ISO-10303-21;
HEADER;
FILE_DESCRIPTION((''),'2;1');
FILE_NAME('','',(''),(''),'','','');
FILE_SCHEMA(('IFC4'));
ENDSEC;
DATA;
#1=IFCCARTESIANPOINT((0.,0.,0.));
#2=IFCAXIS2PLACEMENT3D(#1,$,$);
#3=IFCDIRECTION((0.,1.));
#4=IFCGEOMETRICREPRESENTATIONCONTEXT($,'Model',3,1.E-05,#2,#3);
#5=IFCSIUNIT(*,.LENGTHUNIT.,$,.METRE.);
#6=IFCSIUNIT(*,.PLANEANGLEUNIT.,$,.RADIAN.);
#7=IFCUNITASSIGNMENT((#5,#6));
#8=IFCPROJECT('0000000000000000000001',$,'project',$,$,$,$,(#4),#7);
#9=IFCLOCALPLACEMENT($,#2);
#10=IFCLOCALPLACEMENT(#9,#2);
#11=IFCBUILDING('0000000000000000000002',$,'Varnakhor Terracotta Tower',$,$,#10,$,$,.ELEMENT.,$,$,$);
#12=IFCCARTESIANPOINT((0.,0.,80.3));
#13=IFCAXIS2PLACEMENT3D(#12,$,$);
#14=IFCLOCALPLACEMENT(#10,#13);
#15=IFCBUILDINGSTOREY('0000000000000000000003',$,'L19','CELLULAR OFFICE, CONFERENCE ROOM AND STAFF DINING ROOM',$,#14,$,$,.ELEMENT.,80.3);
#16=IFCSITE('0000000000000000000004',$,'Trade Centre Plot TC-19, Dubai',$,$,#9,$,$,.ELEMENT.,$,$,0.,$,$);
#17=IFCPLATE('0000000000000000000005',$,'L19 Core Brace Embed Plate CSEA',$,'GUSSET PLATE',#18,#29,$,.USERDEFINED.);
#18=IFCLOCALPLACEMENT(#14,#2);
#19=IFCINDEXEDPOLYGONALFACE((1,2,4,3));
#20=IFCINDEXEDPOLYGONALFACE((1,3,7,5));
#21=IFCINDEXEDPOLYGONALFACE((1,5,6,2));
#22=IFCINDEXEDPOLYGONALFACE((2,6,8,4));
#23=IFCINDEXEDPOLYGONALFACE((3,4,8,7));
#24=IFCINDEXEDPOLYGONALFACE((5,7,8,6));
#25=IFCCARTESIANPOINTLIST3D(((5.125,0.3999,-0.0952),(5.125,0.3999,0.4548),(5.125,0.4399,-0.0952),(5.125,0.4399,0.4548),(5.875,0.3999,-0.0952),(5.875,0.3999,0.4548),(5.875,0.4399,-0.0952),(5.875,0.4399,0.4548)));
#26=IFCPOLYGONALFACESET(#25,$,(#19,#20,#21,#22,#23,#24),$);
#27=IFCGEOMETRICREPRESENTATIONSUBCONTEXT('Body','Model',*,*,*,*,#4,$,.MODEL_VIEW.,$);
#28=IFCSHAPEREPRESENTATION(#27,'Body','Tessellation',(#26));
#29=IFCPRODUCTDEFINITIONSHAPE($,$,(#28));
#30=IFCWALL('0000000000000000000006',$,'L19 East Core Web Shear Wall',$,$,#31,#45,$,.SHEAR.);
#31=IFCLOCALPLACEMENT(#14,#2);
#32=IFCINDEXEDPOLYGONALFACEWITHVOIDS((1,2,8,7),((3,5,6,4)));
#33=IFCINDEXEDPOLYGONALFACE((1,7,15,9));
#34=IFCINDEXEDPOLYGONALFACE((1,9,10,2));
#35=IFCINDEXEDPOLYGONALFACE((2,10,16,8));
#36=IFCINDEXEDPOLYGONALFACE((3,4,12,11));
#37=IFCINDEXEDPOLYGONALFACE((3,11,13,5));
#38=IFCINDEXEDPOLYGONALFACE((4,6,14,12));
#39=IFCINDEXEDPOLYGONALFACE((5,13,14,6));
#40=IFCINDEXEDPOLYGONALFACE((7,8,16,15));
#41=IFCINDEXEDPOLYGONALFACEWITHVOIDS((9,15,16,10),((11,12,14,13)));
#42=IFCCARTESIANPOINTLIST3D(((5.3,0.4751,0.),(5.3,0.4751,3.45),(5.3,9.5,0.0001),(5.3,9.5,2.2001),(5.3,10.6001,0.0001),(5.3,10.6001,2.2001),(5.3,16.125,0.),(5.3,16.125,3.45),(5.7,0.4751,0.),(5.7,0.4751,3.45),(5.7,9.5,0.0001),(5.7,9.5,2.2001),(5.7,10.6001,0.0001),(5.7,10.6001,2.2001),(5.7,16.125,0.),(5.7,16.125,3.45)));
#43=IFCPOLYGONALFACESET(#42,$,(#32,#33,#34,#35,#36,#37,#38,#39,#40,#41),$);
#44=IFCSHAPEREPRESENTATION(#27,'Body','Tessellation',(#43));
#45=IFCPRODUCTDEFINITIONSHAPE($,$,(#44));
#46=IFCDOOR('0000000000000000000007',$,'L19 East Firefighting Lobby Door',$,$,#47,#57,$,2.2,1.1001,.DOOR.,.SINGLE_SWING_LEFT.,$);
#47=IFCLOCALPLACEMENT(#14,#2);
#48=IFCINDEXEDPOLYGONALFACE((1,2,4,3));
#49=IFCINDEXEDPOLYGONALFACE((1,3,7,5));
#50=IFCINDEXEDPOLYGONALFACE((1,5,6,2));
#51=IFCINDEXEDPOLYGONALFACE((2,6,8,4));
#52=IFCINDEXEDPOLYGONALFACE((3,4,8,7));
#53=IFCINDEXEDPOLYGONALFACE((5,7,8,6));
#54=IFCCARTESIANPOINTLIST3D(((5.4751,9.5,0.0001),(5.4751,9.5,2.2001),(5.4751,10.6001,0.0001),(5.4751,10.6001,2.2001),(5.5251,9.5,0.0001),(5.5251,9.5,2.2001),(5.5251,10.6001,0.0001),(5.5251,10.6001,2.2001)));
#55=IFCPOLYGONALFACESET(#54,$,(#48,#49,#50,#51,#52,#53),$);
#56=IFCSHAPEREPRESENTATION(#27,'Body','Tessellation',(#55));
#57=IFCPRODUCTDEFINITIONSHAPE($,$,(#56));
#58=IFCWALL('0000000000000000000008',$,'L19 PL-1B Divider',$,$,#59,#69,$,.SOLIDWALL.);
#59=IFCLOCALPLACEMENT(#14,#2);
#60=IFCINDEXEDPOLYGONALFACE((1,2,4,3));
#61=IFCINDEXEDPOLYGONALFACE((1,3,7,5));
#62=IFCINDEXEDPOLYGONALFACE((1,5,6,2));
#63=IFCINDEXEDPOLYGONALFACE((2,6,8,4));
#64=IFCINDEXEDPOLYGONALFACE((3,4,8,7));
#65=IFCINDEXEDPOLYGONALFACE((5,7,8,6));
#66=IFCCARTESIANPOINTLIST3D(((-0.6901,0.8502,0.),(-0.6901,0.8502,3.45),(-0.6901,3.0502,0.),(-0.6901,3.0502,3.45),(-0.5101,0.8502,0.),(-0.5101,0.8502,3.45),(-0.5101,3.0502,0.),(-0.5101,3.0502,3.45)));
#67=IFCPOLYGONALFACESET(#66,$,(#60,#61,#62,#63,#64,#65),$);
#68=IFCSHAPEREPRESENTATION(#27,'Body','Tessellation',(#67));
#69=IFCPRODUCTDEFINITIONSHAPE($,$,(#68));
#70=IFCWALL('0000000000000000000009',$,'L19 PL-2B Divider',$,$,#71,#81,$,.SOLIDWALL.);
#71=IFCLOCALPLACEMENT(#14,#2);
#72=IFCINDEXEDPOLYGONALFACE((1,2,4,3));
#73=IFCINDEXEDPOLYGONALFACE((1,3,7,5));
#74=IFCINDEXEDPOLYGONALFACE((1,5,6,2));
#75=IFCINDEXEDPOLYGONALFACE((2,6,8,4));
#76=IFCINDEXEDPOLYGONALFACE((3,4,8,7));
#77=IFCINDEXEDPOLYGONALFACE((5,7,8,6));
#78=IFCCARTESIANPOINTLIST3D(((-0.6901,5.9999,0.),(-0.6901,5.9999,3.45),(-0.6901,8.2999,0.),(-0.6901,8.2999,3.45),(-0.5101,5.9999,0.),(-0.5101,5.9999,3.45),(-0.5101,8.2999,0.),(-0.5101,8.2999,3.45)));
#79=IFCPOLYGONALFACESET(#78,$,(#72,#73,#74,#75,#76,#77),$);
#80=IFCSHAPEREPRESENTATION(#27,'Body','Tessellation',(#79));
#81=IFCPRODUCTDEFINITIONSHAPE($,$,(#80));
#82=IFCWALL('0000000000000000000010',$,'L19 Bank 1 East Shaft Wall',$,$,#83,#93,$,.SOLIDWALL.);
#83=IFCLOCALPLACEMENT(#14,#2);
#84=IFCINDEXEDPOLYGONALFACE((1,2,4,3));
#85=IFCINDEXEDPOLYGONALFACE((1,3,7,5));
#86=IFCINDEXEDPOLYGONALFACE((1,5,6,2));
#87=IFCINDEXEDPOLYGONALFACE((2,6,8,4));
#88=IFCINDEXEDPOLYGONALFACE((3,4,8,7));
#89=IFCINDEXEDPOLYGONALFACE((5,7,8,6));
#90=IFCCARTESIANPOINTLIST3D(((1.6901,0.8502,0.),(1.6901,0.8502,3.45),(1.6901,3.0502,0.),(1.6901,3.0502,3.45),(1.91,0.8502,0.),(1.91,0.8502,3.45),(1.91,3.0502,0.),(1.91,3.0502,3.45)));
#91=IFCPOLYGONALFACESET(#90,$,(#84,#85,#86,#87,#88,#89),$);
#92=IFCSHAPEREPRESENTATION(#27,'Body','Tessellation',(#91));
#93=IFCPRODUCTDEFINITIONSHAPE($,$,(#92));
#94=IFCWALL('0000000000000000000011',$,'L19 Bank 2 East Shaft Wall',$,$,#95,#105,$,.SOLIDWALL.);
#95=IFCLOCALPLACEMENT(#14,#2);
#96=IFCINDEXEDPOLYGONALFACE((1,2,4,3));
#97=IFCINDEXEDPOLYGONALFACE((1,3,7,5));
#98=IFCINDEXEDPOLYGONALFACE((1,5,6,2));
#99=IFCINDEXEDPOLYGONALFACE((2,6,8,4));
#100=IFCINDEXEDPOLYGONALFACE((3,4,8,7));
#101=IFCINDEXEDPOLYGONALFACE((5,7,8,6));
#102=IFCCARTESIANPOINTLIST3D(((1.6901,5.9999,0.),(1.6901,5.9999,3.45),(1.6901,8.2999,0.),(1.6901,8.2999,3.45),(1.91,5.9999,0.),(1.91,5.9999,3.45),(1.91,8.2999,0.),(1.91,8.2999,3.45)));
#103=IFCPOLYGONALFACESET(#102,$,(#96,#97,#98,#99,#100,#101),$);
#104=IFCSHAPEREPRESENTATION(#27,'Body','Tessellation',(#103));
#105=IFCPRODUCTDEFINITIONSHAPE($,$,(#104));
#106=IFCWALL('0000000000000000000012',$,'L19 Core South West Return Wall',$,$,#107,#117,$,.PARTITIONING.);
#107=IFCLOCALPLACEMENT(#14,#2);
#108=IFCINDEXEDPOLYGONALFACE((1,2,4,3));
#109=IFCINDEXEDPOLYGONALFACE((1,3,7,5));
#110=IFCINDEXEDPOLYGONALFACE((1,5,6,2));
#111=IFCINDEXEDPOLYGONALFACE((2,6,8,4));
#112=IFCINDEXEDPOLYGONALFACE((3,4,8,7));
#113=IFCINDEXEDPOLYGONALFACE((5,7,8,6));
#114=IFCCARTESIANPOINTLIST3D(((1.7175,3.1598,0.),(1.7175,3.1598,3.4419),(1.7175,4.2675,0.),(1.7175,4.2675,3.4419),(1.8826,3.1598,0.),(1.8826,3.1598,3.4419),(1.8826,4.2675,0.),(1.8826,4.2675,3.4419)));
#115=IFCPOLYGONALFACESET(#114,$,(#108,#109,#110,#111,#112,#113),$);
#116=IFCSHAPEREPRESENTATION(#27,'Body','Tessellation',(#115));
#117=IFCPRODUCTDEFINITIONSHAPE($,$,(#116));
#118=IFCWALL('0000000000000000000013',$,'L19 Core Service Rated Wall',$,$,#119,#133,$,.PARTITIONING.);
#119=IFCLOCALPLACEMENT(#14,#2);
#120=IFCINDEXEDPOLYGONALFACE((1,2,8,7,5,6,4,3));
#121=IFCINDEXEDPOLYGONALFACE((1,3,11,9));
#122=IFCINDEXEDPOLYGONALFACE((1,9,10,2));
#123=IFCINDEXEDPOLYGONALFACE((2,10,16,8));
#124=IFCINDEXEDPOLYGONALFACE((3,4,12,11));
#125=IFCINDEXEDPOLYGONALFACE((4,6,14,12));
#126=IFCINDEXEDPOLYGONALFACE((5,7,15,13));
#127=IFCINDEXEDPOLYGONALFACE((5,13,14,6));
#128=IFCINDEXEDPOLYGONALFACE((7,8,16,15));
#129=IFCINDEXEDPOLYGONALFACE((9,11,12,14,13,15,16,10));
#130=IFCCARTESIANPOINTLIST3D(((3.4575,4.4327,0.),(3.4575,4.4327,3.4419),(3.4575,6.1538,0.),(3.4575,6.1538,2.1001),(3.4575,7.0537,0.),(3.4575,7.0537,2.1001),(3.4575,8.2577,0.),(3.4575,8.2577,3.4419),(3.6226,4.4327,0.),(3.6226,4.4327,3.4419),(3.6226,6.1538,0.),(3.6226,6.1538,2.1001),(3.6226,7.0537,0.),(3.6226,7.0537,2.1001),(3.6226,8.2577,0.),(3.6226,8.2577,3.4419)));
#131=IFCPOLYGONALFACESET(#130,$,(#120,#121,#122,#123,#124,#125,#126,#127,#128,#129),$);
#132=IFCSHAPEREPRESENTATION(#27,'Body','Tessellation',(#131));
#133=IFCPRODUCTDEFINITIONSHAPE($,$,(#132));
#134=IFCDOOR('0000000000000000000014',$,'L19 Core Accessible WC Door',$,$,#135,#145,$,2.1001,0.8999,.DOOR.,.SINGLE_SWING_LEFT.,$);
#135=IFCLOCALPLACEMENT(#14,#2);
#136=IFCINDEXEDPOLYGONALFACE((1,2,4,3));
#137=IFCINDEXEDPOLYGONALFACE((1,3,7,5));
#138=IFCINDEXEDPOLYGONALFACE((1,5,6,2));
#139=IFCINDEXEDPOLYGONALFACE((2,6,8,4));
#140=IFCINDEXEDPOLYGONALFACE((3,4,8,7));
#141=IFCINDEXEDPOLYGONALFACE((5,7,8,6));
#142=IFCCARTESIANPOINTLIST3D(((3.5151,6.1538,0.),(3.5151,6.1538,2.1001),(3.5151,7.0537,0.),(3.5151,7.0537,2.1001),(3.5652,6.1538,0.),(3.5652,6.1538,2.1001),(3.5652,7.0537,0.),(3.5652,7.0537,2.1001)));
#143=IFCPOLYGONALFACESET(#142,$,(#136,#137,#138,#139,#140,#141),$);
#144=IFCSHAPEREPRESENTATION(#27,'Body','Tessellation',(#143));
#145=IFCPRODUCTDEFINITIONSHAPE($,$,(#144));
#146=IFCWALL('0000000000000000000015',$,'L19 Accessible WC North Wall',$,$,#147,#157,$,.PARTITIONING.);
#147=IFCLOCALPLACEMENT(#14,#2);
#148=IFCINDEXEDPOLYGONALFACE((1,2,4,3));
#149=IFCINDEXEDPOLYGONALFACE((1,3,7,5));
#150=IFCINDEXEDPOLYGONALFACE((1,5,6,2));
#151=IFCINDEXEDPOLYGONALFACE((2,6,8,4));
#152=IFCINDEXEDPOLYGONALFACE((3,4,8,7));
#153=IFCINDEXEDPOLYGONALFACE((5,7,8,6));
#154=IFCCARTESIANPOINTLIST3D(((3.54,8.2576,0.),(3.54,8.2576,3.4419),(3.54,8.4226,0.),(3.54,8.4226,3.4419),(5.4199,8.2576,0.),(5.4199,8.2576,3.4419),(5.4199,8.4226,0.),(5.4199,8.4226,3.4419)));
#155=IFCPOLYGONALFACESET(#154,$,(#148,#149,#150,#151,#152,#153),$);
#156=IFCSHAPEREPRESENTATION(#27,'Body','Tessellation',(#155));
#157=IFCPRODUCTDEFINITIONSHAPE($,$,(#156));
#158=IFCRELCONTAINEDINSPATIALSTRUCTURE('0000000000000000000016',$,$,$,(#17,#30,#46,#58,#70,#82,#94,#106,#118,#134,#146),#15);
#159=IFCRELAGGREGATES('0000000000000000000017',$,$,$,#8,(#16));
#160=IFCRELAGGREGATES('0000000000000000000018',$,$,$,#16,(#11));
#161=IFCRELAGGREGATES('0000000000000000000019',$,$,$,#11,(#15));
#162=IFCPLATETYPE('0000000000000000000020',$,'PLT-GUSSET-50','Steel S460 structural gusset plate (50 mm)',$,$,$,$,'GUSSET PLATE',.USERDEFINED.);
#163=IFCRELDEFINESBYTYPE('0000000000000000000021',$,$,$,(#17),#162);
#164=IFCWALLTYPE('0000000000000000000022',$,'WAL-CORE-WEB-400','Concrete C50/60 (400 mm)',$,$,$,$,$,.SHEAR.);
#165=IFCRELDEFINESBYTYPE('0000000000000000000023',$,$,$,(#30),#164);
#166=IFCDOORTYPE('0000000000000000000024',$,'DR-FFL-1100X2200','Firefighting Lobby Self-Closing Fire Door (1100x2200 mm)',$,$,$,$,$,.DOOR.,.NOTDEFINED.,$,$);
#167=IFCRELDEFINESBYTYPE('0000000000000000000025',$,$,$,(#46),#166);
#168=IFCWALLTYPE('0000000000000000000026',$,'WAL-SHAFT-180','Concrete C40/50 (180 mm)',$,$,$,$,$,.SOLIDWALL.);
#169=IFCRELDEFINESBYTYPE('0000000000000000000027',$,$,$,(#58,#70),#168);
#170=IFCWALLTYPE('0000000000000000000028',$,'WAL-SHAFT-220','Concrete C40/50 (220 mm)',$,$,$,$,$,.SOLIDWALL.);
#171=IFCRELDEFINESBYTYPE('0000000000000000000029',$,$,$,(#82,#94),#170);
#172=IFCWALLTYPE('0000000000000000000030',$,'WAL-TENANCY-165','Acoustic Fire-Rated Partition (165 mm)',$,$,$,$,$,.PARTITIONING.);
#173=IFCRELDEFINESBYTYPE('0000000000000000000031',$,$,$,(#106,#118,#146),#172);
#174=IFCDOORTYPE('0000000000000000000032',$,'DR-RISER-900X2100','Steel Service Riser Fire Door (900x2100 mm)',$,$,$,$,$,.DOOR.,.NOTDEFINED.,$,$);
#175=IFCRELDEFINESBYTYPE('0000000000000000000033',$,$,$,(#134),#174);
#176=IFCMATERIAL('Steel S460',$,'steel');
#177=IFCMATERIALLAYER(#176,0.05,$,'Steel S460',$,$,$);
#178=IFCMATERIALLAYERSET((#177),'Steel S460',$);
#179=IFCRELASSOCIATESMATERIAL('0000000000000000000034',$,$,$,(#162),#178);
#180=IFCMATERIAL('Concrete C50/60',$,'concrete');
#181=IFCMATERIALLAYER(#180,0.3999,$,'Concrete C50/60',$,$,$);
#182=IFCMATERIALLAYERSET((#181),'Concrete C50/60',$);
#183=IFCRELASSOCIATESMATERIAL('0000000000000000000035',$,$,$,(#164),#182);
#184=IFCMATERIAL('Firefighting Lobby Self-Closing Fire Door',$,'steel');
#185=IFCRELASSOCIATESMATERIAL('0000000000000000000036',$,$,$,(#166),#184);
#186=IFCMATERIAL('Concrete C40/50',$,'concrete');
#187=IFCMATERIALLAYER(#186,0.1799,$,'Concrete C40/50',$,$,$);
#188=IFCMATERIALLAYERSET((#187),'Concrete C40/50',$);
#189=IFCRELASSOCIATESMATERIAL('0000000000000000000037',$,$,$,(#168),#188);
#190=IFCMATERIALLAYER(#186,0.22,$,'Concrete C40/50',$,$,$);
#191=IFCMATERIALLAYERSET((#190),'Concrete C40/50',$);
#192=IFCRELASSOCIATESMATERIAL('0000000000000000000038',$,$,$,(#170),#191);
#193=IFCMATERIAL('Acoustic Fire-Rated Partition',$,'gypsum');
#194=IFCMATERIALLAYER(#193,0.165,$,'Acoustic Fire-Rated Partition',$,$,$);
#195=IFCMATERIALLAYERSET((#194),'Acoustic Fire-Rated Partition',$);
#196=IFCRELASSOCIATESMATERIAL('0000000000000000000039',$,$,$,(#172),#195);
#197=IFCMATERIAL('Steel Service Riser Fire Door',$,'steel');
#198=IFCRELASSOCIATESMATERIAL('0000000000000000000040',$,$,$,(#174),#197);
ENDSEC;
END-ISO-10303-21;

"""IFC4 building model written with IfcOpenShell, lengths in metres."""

from ifc_helpers import new_model, si_unit, direction, frame, frame_2d, origin, origin_2d, place, context, subcontext, project, spatial, rectangle, extrude, source, transform, mapped, material, layer, layer_set, type_object, type_shapes, element, fill, save


model = new_model("IFC4")

# Units and contexts
model_context = context("Model", 3, precision=1e-05, world=origin(), true_north=direction((0.0, 1.0)))
body_context = subcontext(model_context, "Body", "Model", "MODEL_VIEW")
ifc_project = project(units=[si_unit("LENGTHUNIT", "METRE"), si_unit("PLANEANGLEUNIT", "RADIAN")], contexts=[model_context])

# Site, building, storey
site_placement = place(None, origin())
site = spatial("IfcSite", under=ifc_project, at=site_placement, Name="Trade Centre Plot TC-19, Dubai", CompositionType="ELEMENT", RefElevation=0.0)
building_placement = place(site_placement, origin())
building = spatial("IfcBuilding", under=site, at=building_placement, Name="Varnakhor Terracotta Tower", CompositionType="ELEMENT")
storey_placement = place(building_placement, frame((0.0, 0.0, 80.3)))
storey = spatial("IfcBuildingStorey", under=building, at=storey_placement, Name="L19", Description="CELLULAR OFFICE, CONFERENCE ROOM AND STAFF DINING ROOM", CompositionType="ELEMENT", Elevation=80.3)

# Shared definitions
ifc_material_1 = material(Name="Concrete C50/60", Category="concrete")

# Shared definitions
ifc_material_2 = material(Name="Steel S460", Category="steel")

# Shared definitions
ifc_material_3 = material(Name="Concrete C40/50", Category="concrete")

# Plate
ifc_layer_1 = layer(ifc_material_2, 0.05, Name="Steel S460")
ifc_layer_set_1 = layer_set([ifc_layer_1], Name="Steel S460")
plate_type = type_object("IfcPlateType", Name="PLT-GUSSET-50", Description="Steel S460 structural gusset plate (50 mm)", ElementType="GUSSET PLATE", PredefinedType="USERDEFINED", material=ifc_layer_set_1)
shared_shape_1 = source(origin(), body_context, "Body", "SweptSolid", [
    extrude(rectangle(XDim=0.75, YDim=0.04, at=origin_2d()), origin(), (0.0, 0.0, 1.0), 0.55),
])
type_shapes(plate_type, [shared_shape_1])
plate_placement = place(storey_placement, frame((5.5, 0.4199, -0.0952), z_axis=(0.0, 0.0, 1.0), x_axis=(1.0, 0.0, 0.0)))
element("IfcPlate", 1, at=plate_placement, inside=storey, type_object=plate_type, Name="L19 Core Brace Embed Plate CSEA", ObjectType="GUSSET PLATE", PredefinedType="USERDEFINED", context=body_context, shape_type="MappedRepresentation", body=[
    mapped(shared_shape_1, transform((0.0, 0.0, 0.0), scale=1.0)),
])

# Wall, opening, door
ifc_layer_2 = layer(ifc_material_1, 0.3999, Name="Concrete C50/60")
ifc_layer_set_2 = layer_set([ifc_layer_2], Name="Concrete C50/60")
wall_type_1 = type_object("IfcWallType", Name="WAL-CORE-WEB-400", Description="Concrete C50/60 (400 mm)", PredefinedType="SHEAR", material=ifc_layer_set_2)
wall_1_placement = place(storey_placement, frame((5.5, 0.4751, 0.0), z_axis=(0.0, 0.0, 1.0), x_axis=(0.0, 1.0, 0.0)))
wall_1 = element("IfcWall", 2, at=wall_1_placement, inside=storey, type_object=wall_type_1, Name="L19 East Core Web Shear Wall", PredefinedType="SHEAR", context=body_context, shape_type="SweptSolid", body=[
    extrude(rectangle(XDim=15.6499, YDim=0.3999, at=frame_2d((7.825, 0.0))), origin(), (0.0, 0.0, 1.0), 3.45),
])
opening_1_placement = place(wall_1_placement, frame((9.0249, 0.0, 0.0)))
opening_1 = element("IfcOpeningElement", 3, at=opening_1_placement, cuts=wall_1, PredefinedType="OPENING", context=body_context, shape_type="SweptSolid", body=[
    extrude(rectangle(XDim=1.1001, YDim=2.2, at=frame_2d((0.55, 1.1001))), frame((0.0, 0.21, 0.0), z_axis=(0.0, -1.0, 0.0), x_axis=(1.0, 0.0, 0.0)), (0.0, 0.0, 1.0), 0.4199),
])
ifc_material_4 = material(Name="Firefighting Lobby Self-Closing Fire Door", Category="steel")
door_type_1 = type_object("IfcDoorType", Name="DR-FFL-1100X2200", Description="Firefighting Lobby Self-Closing Fire Door (1100x2200 mm)", OperationType="NOTDEFINED", PredefinedType="DOOR", material=ifc_material_4)
shared_shape_2 = source(origin(), body_context, "Body", "SweptSolid", [
    extrude(rectangle(XDim=1.1001, YDim=2.2, at=frame_2d((0.55, 1.1001))), frame((0.0, 0.0249, 0.0), z_axis=(0.0, -1.0, 0.0), x_axis=(1.0, 0.0, 0.0)), (0.0, 0.0, 1.0), 0.05),
])
type_shapes(door_type_1, [shared_shape_2])
door_1_placement = place(opening_1_placement, origin())
door_1 = element("IfcDoor", 4, at=door_1_placement, inside=storey, type_object=door_type_1, Name="L19 East Firefighting Lobby Door", OperationType="SINGLE_SWING_LEFT", OverallHeight=2.2, OverallWidth=1.1001, PredefinedType="DOOR", context=body_context, shape_type="MappedRepresentation", body=[
    mapped(shared_shape_2, transform((0.0, 0.0, 0.0), scale=1.0)),
])
fill(opening_1, door_1)

# Walls
ifc_layer_3 = layer(ifc_material_3, 0.1799, Name="Concrete C40/50")
ifc_layer_set_3 = layer_set([ifc_layer_3], Name="Concrete C40/50")
wall_type_2 = type_object("IfcWallType", Name="WAL-SHAFT-180", Description="Concrete C40/50 (180 mm)", PredefinedType="SOLIDWALL", material=ifc_layer_set_3)
wall_2_placement = place(storey_placement, frame((-0.6001, 0.8501, 0.0), z_axis=(0.0, 0.0, 1.0), x_axis=(0.0, 1.0, 0.0)))
element("IfcWall", 5, at=wall_2_placement, inside=storey, type_object=wall_type_2, Name="L19 PL-1B Divider", PredefinedType="SOLIDWALL", context=body_context, shape_type="SweptSolid", body=[
    extrude(rectangle(XDim=2.2, YDim=0.1799, at=frame_2d((1.1001, 0.0))), origin(), (0.0, 0.0, 1.0), 3.45),
])
wall_3_placement = place(storey_placement, frame((-0.6001, 6.0, 0.0), z_axis=(0.0, 0.0, 1.0), x_axis=(0.0, 1.0, 0.0)))
element("IfcWall", 6, at=wall_3_placement, inside=storey, type_object=wall_type_2, Name="L19 PL-2B Divider", PredefinedType="SOLIDWALL", context=body_context, shape_type="SweptSolid", body=[
    extrude(rectangle(XDim=2.3, YDim=0.1799, at=frame_2d((1.1499, 0.0))), origin(), (0.0, 0.0, 1.0), 3.45),
])
ifc_layer_4 = layer(ifc_material_3, 0.22, Name="Concrete C40/50")
ifc_layer_set_4 = layer_set([ifc_layer_4], Name="Concrete C40/50")
wall_type_3 = type_object("IfcWallType", Name="WAL-SHAFT-220", Description="Concrete C40/50 (220 mm)", PredefinedType="SOLIDWALL", material=ifc_layer_set_4)
wall_4_placement = place(storey_placement, frame((1.8, 0.8501, 0.0), z_axis=(0.0, 0.0, 1.0), x_axis=(0.0, 1.0, 0.0)))
element("IfcWall", 7, at=wall_4_placement, inside=storey, type_object=wall_type_3, Name="L19 Bank 1 East Shaft Wall", PredefinedType="SOLIDWALL", context=body_context, shape_type="SweptSolid", body=[
    extrude(rectangle(XDim=2.2, YDim=0.22, at=frame_2d((1.1001, 0.0))), origin(), (0.0, 0.0, 1.0), 3.45),
])
wall_5_placement = place(storey_placement, frame((1.8, 6.0, 0.0), z_axis=(0.0, 0.0, 1.0), x_axis=(0.0, 1.0, 0.0)))
element("IfcWall", 8, at=wall_5_placement, inside=storey, type_object=wall_type_3, Name="L19 Bank 2 East Shaft Wall", PredefinedType="SOLIDWALL", context=body_context, shape_type="SweptSolid", body=[
    extrude(rectangle(XDim=2.3, YDim=0.22, at=frame_2d((1.1499, 0.0))), origin(), (0.0, 0.0, 1.0), 3.45),
])
ifc_material_5 = material(Name="Acoustic Fire-Rated Partition", Category="gypsum")
ifc_layer_5 = layer(ifc_material_5, 0.165, Name="Acoustic Fire-Rated Partition")
ifc_layer_set_5 = layer_set([ifc_layer_5], Name="Acoustic Fire-Rated Partition")
wall_type_4 = type_object("IfcWallType", Name="WAL-TENANCY-165", Description="Acoustic Fire-Rated Partition (165 mm)", PredefinedType="PARTITIONING", material=ifc_layer_set_5)
wall_6_placement = place(storey_placement, frame((1.8, 3.1599, 0.0), z_axis=(0.0, 0.0, 1.0), x_axis=(0.0, 1.0, 0.0)))
element("IfcWall", 9, at=wall_6_placement, inside=storey, type_object=wall_type_4, Name="L19 Core South West Return Wall", PredefinedType="PARTITIONING", context=body_context, shape_type="SweptSolid", body=[
    extrude(rectangle(XDim=1.1077, YDim=0.165, at=frame_2d((0.5537, 0.0))), origin(), (0.0, 0.0, 1.0), 3.4419),
])

# Wall, opening, door
wall_7_placement = place(storey_placement, frame((3.54, 4.4326, 0.0), z_axis=(0.0, 0.0, 1.0), x_axis=(0.0, 1.0, 0.0)))
wall_7 = element("IfcWall", 10, at=wall_7_placement, inside=storey, type_object=wall_type_4, Name="L19 Core Service Rated Wall", PredefinedType="PARTITIONING", context=body_context, shape_type="SweptSolid", body=[
    extrude(rectangle(XDim=3.825, YDim=0.165, at=frame_2d((1.9126, 0.0))), origin(), (0.0, 0.0, 1.0), 3.4419),
])
opening_2_placement = place(wall_7_placement, frame((1.7212, 0.0, 0.0)))
opening_2 = element("IfcOpeningElement", 11, at=opening_2_placement, cuts=wall_7, PredefinedType="OPENING", context=body_context, shape_type="SweptSolid", body=[
    extrude(rectangle(XDim=0.8999, YDim=2.1001, at=frame_2d((0.45, 1.05))), frame((0.0, 0.0925, 0.0), z_axis=(0.0, -1.0, 0.0), x_axis=(1.0, 0.0, 0.0)), (0.0, 0.0, 1.0), 0.1851),
])
ifc_material_6 = material(Name="Steel Service Riser Fire Door", Category="steel")
door_type_2 = type_object("IfcDoorType", Name="DR-RISER-900X2100", Description="Steel Service Riser Fire Door (900x2100 mm)", OperationType="NOTDEFINED", PredefinedType="DOOR", material=ifc_material_6)
shared_shape_3 = source(origin(), body_context, "Body", "SweptSolid", [
    extrude(rectangle(XDim=0.8999, YDim=2.1001, at=frame_2d((0.45, 1.05))), frame((0.0, 0.0249, 0.0), z_axis=(0.0, -1.0, 0.0), x_axis=(1.0, 0.0, 0.0)), (0.0, 0.0, 1.0), 0.05),
])
type_shapes(door_type_2, [shared_shape_3])
door_2_placement = place(opening_2_placement, origin())
door_2 = element("IfcDoor", 12, at=door_2_placement, inside=storey, type_object=door_type_2, Name="L19 Core Accessible WC Door", OperationType="SINGLE_SWING_LEFT", OverallHeight=2.1001, OverallWidth=0.8999, PredefinedType="DOOR", context=body_context, shape_type="MappedRepresentation", body=[
    mapped(shared_shape_3, transform((0.0, 0.0, 0.0), scale=1.0)),
])
fill(opening_2, door_2)

# Wall
wall_8_placement = place(storey_placement, frame((3.54, 8.3401, 0.0), z_axis=(0.0, 0.0, 1.0), x_axis=(1.0, 0.0, 0.0)))
element("IfcWall", 13, at=wall_8_placement, inside=storey, type_object=wall_type_4, Name="L19 Accessible WC North Wall", PredefinedType="PARTITIONING", context=body_context, shape_type="SweptSolid", body=[
    extrude(rectangle(XDim=1.8799, YDim=0.165, at=frame_2d((0.9399, 0.0))), origin(), (0.0, 0.0, 1.0), 3.4419),
])

save(model, "model.ifc")
